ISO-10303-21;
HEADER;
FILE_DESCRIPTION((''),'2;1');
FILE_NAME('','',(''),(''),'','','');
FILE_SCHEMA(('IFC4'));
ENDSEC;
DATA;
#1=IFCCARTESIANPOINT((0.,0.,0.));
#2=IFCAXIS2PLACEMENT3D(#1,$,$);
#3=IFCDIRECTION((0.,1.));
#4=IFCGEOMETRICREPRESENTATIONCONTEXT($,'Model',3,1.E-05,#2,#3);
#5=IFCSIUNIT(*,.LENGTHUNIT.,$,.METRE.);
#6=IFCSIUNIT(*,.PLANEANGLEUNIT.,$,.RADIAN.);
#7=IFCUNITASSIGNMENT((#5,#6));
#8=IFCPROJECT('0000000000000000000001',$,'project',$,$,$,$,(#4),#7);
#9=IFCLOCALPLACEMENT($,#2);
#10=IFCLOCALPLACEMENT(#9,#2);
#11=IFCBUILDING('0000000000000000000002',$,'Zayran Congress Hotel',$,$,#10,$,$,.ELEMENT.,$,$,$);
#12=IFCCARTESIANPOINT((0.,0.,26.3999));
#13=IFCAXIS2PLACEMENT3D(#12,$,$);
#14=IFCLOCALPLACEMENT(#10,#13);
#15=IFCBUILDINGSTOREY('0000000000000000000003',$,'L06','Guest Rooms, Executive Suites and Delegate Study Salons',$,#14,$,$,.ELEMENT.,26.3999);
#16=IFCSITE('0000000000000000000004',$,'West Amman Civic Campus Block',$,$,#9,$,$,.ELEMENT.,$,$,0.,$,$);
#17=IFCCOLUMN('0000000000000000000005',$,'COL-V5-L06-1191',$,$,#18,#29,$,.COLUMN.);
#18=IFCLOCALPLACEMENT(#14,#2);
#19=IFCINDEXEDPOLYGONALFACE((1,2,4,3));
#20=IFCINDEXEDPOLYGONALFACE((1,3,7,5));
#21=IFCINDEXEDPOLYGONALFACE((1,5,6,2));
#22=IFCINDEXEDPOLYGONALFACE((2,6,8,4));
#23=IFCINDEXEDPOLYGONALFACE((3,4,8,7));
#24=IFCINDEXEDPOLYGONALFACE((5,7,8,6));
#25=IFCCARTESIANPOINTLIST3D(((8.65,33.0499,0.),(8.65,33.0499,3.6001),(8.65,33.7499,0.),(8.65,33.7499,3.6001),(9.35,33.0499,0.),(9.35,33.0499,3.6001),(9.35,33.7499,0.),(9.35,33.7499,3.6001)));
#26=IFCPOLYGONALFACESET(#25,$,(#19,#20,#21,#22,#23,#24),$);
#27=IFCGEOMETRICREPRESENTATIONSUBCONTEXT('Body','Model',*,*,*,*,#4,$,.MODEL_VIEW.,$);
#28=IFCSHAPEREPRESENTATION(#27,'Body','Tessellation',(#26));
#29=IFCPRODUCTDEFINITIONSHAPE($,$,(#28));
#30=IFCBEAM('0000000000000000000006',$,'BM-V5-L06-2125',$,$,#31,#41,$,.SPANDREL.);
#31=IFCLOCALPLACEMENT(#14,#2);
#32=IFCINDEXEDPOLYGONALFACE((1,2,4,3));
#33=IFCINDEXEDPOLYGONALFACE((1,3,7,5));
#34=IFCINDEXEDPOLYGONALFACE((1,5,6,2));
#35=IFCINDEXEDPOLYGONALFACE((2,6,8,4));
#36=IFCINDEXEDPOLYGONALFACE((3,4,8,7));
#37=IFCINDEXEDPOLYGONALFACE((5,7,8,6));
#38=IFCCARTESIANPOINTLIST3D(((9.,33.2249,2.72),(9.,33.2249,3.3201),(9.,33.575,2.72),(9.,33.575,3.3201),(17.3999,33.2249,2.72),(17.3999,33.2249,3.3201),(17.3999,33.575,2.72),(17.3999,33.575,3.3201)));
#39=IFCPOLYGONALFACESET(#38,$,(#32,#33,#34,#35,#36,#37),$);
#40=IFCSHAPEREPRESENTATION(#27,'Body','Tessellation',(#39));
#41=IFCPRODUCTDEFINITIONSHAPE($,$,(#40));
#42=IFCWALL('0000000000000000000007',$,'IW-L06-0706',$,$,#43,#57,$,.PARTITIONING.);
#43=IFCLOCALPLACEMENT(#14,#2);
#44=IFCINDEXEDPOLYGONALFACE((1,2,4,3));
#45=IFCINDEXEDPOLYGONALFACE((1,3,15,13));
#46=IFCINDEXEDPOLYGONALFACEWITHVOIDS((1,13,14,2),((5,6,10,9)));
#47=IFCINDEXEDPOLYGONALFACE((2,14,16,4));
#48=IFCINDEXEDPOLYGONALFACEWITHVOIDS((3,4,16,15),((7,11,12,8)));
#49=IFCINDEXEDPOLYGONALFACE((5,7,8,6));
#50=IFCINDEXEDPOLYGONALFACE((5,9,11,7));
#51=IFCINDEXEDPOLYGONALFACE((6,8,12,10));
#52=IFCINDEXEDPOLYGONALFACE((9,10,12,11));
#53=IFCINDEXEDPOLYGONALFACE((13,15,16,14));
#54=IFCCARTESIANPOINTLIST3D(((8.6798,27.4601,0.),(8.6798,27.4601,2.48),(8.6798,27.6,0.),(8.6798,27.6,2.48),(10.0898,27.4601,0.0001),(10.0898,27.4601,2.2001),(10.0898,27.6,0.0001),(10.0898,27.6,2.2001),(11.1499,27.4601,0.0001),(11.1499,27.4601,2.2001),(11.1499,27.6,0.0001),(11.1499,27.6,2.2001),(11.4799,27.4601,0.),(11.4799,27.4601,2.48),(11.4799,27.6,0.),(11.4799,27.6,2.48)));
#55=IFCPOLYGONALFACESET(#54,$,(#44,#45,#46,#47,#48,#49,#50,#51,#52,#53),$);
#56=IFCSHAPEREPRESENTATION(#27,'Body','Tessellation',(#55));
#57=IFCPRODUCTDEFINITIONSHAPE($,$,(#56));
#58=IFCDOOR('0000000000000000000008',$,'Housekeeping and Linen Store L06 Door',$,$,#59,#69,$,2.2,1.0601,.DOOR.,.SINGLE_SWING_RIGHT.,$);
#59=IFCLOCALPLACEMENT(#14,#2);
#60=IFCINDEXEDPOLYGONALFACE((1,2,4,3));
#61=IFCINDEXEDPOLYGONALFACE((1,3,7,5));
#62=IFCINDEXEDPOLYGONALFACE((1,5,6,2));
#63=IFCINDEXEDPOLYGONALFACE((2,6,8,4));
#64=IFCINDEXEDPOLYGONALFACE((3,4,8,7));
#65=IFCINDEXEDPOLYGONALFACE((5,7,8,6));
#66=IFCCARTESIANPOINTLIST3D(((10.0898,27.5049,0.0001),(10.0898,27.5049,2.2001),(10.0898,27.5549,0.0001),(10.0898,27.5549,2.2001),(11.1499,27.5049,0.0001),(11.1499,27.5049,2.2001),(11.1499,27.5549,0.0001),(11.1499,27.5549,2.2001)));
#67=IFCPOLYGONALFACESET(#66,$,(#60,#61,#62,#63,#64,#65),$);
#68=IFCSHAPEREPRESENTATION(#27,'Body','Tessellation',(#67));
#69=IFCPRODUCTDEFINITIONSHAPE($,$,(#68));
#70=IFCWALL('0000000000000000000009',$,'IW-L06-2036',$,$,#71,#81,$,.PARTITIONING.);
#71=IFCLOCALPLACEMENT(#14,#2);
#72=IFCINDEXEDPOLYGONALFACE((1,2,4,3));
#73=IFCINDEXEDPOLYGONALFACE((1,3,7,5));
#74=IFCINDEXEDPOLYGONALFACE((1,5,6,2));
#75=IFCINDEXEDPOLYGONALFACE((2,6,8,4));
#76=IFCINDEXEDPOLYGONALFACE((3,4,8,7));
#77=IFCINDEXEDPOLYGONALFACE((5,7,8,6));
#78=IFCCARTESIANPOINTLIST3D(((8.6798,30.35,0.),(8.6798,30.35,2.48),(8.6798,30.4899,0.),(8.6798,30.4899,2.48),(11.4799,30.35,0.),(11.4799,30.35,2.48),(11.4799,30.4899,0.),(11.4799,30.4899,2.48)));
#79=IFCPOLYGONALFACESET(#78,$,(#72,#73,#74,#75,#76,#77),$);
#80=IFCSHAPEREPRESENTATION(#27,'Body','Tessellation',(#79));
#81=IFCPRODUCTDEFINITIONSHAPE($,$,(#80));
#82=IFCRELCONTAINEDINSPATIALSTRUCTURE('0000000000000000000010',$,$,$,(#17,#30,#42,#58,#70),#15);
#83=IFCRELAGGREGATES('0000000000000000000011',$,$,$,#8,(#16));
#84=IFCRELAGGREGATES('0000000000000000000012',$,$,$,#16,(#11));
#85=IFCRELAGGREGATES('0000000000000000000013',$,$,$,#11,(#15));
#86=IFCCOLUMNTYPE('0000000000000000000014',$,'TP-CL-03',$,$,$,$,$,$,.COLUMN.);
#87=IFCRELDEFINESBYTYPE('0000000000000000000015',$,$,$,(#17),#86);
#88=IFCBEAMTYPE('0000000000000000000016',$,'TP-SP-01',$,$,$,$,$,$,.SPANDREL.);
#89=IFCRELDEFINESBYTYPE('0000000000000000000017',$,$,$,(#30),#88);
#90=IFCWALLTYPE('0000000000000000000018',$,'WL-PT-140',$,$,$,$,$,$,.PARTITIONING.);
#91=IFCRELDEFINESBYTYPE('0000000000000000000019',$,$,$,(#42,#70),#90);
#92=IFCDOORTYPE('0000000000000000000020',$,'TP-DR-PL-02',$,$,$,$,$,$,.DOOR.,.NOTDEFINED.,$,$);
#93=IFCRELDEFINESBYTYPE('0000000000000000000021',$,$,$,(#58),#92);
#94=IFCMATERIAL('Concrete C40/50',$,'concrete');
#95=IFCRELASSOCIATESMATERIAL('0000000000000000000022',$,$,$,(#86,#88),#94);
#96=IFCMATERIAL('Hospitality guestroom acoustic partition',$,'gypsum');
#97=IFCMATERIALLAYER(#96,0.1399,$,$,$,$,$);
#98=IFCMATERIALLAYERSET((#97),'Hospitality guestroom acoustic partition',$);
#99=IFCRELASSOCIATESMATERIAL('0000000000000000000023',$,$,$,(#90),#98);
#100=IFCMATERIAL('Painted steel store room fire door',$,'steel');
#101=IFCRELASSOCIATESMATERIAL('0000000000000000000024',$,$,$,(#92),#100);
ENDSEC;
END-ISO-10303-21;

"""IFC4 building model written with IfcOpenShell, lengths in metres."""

from ifc_helpers import new_model, si_unit, direction, frame, frame_2d, origin, origin_2d, place, context, subcontext, project, spatial, rectangle, extrude, material, layer, layer_set, material_profile, profile_set, type_object, element, fill, save


model = new_model("IFC4")

# Units and contexts
model_context = context("Model", 3, precision=1e-05, world=origin(), true_north=direction((0.0, 1.0)))
body_context = subcontext(model_context, "Body", "Model", "MODEL_VIEW")
ifc_project = project(units=[si_unit("LENGTHUNIT", "METRE"), si_unit("PLANEANGLEUNIT", "RADIAN")], contexts=[model_context])

# Site, building, storey
site_placement = place(None, origin())
site = spatial("IfcSite", under=ifc_project, at=site_placement, Name="West Amman Civic Campus Block", CompositionType="ELEMENT", RefElevation=0.0)
building_placement = place(site_placement, origin())
building = spatial("IfcBuilding", under=site, at=building_placement, Name="Zayran Congress Hotel", CompositionType="ELEMENT")
storey_placement = place(building_placement, frame((0.0, 0.0, 26.3999)))
storey = spatial("IfcBuildingStorey", under=building, at=storey_placement, Name="L06", Description="Guest Rooms, Executive Suites and Delegate Study Salons", CompositionType="ELEMENT", Elevation=26.3999)

# Column
ifc_material_1 = material(Name="Concrete C40/50", Category="concrete")
ifc_material_profile_1 = material_profile(ifc_material_1, rectangle(XDim=0.7, YDim=0.7, at=origin_2d()), Name="RC 700x700")
ifc_profile_set_1 = profile_set([ifc_material_profile_1], Name="Concrete C40/50")
column_type = type_object("IfcColumnType", Name="TP-CL-03", PredefinedType="COLUMN", material=ifc_profile_set_1)
column_placement = place(storey_placement, frame((9.0, 33.3999, 0.0), z_axis=(0.0, 0.0, 1.0), x_axis=(1.0, 0.0, 0.0)))
element("IfcColumn", 1, at=column_placement, inside=storey, type_object=column_type, Name="COL-V5-L06-1191", PredefinedType="COLUMN", context=body_context, shape_type="SweptSolid", body=[
    extrude(rectangle(XDim=0.7, YDim=0.7, at=origin_2d()), origin(), (0.0, 0.0, 1.0), 3.6001),
])

# Beam
ifc_material_profile_2 = material_profile(ifc_material_1, rectangle(XDim=0.3501, YDim=0.6001, at=origin_2d()), Name="RC 350x600")
ifc_profile_set_2 = profile_set([ifc_material_profile_2], Name="Concrete C40/50")
beam_type = type_object("IfcBeamType", Name="TP-SP-01", PredefinedType="SPANDREL", material=ifc_profile_set_2)
beam_placement = place(storey_placement, frame((9.0, 33.3999, 3.02), z_axis=(1.0, 0.0, 0.0), x_axis=(0.0, 1.0, 0.0)))
element("IfcBeam", 2, at=beam_placement, inside=storey, type_object=beam_type, Name="BM-V5-L06-2125", PredefinedType="SPANDREL", context=body_context, shape_type="SweptSolid", body=[
    extrude(rectangle(XDim=0.3501, YDim=0.6001, at=origin_2d()), origin(), (0.0, 0.0, 1.0), 8.3999),
])

# Wall, opening, door
ifc_material_2 = material(Name="Hospitality guestroom acoustic partition", Category="gypsum")
ifc_layer_1 = layer(ifc_material_2, 0.1399)
ifc_layer_set_1 = layer_set([ifc_layer_1], Name="Hospitality guestroom acoustic partition")
wall_type_1 = type_object("IfcWallType", Name="WL-PT-140", PredefinedType="PARTITIONING", material=ifc_layer_set_1)
wall_1_placement = place(storey_placement, frame((8.6799, 27.53, 0.0), z_axis=(0.0, 0.0, 1.0), x_axis=(1.0, 0.0, 0.0)))
wall_1 = element("IfcWall", 3, at=wall_1_placement, inside=storey, type_object=wall_type_1, Name="IW-L06-0706", PredefinedType="PARTITIONING", context=body_context, shape_type="SweptSolid", body=[
    extrude(rectangle(XDim=2.8, YDim=0.1399, at=frame_2d((1.3999, 0.0))), origin(), (0.0, 0.0, 1.0), 2.48),
])
opening_1_placement = place(wall_1_placement, frame((1.4099, 0.0, 0.0)))
opening_1 = element("IfcOpeningElement", 4, at=opening_1_placement, cuts=wall_1, PredefinedType="OPENING", context=body_context, shape_type="SweptSolid", body=[
    extrude(rectangle(XDim=1.0601, YDim=2.2, at=frame_2d((0.53, 1.1001))), frame((0.0, 0.0798, 0.0), z_axis=(0.0, -1.0, 0.0), x_axis=(1.0, 0.0, 0.0)), (0.0, 0.0, 1.0), 0.1599),
])
ifc_material_3 = material(Name="Painted steel store room fire door", Category="steel")
door_type = type_object("IfcDoorType", Name="TP-DR-PL-02", OperationType="NOTDEFINED", PredefinedType="DOOR", material=ifc_material_3)
door_placement = place(opening_1_placement, origin())
door = element("IfcDoor", 5, at=door_placement, inside=storey, type_object=door_type, Name="Housekeeping and Linen Store L06 Door", OperationType="SINGLE_SWING_RIGHT", OverallHeight=2.2, OverallWidth=1.0601, PredefinedType="DOOR", context=body_context, shape_type="SweptSolid", body=[
    extrude(rectangle(XDim=1.0601, YDim=2.2, at=frame_2d((0.53, 1.1001))), frame((0.0, 0.0249, 0.0), z_axis=(0.0, -1.0, 0.0), x_axis=(1.0, 0.0, 0.0)), (0.0, 0.0, 1.0), 0.05),
])
fill(opening_1, door)

# Wall
wall_2_placement = place(storey_placement, frame((8.6799, 30.4199, 0.0), z_axis=(0.0, 0.0, 1.0), x_axis=(1.0, 0.0, 0.0)))
element("IfcWall", 6, at=wall_2_placement, inside=storey, type_object=wall_type_1, Name="IW-L06-2036", PredefinedType="PARTITIONING", context=body_context, shape_type="SweptSolid", body=[
    extrude(rectangle(XDim=2.8, YDim=0.1399, at=frame_2d((1.3999, 0.0))), origin(), (0.0, 0.0, 1.0), 2.48),
])

save(model, "model.ifc")
